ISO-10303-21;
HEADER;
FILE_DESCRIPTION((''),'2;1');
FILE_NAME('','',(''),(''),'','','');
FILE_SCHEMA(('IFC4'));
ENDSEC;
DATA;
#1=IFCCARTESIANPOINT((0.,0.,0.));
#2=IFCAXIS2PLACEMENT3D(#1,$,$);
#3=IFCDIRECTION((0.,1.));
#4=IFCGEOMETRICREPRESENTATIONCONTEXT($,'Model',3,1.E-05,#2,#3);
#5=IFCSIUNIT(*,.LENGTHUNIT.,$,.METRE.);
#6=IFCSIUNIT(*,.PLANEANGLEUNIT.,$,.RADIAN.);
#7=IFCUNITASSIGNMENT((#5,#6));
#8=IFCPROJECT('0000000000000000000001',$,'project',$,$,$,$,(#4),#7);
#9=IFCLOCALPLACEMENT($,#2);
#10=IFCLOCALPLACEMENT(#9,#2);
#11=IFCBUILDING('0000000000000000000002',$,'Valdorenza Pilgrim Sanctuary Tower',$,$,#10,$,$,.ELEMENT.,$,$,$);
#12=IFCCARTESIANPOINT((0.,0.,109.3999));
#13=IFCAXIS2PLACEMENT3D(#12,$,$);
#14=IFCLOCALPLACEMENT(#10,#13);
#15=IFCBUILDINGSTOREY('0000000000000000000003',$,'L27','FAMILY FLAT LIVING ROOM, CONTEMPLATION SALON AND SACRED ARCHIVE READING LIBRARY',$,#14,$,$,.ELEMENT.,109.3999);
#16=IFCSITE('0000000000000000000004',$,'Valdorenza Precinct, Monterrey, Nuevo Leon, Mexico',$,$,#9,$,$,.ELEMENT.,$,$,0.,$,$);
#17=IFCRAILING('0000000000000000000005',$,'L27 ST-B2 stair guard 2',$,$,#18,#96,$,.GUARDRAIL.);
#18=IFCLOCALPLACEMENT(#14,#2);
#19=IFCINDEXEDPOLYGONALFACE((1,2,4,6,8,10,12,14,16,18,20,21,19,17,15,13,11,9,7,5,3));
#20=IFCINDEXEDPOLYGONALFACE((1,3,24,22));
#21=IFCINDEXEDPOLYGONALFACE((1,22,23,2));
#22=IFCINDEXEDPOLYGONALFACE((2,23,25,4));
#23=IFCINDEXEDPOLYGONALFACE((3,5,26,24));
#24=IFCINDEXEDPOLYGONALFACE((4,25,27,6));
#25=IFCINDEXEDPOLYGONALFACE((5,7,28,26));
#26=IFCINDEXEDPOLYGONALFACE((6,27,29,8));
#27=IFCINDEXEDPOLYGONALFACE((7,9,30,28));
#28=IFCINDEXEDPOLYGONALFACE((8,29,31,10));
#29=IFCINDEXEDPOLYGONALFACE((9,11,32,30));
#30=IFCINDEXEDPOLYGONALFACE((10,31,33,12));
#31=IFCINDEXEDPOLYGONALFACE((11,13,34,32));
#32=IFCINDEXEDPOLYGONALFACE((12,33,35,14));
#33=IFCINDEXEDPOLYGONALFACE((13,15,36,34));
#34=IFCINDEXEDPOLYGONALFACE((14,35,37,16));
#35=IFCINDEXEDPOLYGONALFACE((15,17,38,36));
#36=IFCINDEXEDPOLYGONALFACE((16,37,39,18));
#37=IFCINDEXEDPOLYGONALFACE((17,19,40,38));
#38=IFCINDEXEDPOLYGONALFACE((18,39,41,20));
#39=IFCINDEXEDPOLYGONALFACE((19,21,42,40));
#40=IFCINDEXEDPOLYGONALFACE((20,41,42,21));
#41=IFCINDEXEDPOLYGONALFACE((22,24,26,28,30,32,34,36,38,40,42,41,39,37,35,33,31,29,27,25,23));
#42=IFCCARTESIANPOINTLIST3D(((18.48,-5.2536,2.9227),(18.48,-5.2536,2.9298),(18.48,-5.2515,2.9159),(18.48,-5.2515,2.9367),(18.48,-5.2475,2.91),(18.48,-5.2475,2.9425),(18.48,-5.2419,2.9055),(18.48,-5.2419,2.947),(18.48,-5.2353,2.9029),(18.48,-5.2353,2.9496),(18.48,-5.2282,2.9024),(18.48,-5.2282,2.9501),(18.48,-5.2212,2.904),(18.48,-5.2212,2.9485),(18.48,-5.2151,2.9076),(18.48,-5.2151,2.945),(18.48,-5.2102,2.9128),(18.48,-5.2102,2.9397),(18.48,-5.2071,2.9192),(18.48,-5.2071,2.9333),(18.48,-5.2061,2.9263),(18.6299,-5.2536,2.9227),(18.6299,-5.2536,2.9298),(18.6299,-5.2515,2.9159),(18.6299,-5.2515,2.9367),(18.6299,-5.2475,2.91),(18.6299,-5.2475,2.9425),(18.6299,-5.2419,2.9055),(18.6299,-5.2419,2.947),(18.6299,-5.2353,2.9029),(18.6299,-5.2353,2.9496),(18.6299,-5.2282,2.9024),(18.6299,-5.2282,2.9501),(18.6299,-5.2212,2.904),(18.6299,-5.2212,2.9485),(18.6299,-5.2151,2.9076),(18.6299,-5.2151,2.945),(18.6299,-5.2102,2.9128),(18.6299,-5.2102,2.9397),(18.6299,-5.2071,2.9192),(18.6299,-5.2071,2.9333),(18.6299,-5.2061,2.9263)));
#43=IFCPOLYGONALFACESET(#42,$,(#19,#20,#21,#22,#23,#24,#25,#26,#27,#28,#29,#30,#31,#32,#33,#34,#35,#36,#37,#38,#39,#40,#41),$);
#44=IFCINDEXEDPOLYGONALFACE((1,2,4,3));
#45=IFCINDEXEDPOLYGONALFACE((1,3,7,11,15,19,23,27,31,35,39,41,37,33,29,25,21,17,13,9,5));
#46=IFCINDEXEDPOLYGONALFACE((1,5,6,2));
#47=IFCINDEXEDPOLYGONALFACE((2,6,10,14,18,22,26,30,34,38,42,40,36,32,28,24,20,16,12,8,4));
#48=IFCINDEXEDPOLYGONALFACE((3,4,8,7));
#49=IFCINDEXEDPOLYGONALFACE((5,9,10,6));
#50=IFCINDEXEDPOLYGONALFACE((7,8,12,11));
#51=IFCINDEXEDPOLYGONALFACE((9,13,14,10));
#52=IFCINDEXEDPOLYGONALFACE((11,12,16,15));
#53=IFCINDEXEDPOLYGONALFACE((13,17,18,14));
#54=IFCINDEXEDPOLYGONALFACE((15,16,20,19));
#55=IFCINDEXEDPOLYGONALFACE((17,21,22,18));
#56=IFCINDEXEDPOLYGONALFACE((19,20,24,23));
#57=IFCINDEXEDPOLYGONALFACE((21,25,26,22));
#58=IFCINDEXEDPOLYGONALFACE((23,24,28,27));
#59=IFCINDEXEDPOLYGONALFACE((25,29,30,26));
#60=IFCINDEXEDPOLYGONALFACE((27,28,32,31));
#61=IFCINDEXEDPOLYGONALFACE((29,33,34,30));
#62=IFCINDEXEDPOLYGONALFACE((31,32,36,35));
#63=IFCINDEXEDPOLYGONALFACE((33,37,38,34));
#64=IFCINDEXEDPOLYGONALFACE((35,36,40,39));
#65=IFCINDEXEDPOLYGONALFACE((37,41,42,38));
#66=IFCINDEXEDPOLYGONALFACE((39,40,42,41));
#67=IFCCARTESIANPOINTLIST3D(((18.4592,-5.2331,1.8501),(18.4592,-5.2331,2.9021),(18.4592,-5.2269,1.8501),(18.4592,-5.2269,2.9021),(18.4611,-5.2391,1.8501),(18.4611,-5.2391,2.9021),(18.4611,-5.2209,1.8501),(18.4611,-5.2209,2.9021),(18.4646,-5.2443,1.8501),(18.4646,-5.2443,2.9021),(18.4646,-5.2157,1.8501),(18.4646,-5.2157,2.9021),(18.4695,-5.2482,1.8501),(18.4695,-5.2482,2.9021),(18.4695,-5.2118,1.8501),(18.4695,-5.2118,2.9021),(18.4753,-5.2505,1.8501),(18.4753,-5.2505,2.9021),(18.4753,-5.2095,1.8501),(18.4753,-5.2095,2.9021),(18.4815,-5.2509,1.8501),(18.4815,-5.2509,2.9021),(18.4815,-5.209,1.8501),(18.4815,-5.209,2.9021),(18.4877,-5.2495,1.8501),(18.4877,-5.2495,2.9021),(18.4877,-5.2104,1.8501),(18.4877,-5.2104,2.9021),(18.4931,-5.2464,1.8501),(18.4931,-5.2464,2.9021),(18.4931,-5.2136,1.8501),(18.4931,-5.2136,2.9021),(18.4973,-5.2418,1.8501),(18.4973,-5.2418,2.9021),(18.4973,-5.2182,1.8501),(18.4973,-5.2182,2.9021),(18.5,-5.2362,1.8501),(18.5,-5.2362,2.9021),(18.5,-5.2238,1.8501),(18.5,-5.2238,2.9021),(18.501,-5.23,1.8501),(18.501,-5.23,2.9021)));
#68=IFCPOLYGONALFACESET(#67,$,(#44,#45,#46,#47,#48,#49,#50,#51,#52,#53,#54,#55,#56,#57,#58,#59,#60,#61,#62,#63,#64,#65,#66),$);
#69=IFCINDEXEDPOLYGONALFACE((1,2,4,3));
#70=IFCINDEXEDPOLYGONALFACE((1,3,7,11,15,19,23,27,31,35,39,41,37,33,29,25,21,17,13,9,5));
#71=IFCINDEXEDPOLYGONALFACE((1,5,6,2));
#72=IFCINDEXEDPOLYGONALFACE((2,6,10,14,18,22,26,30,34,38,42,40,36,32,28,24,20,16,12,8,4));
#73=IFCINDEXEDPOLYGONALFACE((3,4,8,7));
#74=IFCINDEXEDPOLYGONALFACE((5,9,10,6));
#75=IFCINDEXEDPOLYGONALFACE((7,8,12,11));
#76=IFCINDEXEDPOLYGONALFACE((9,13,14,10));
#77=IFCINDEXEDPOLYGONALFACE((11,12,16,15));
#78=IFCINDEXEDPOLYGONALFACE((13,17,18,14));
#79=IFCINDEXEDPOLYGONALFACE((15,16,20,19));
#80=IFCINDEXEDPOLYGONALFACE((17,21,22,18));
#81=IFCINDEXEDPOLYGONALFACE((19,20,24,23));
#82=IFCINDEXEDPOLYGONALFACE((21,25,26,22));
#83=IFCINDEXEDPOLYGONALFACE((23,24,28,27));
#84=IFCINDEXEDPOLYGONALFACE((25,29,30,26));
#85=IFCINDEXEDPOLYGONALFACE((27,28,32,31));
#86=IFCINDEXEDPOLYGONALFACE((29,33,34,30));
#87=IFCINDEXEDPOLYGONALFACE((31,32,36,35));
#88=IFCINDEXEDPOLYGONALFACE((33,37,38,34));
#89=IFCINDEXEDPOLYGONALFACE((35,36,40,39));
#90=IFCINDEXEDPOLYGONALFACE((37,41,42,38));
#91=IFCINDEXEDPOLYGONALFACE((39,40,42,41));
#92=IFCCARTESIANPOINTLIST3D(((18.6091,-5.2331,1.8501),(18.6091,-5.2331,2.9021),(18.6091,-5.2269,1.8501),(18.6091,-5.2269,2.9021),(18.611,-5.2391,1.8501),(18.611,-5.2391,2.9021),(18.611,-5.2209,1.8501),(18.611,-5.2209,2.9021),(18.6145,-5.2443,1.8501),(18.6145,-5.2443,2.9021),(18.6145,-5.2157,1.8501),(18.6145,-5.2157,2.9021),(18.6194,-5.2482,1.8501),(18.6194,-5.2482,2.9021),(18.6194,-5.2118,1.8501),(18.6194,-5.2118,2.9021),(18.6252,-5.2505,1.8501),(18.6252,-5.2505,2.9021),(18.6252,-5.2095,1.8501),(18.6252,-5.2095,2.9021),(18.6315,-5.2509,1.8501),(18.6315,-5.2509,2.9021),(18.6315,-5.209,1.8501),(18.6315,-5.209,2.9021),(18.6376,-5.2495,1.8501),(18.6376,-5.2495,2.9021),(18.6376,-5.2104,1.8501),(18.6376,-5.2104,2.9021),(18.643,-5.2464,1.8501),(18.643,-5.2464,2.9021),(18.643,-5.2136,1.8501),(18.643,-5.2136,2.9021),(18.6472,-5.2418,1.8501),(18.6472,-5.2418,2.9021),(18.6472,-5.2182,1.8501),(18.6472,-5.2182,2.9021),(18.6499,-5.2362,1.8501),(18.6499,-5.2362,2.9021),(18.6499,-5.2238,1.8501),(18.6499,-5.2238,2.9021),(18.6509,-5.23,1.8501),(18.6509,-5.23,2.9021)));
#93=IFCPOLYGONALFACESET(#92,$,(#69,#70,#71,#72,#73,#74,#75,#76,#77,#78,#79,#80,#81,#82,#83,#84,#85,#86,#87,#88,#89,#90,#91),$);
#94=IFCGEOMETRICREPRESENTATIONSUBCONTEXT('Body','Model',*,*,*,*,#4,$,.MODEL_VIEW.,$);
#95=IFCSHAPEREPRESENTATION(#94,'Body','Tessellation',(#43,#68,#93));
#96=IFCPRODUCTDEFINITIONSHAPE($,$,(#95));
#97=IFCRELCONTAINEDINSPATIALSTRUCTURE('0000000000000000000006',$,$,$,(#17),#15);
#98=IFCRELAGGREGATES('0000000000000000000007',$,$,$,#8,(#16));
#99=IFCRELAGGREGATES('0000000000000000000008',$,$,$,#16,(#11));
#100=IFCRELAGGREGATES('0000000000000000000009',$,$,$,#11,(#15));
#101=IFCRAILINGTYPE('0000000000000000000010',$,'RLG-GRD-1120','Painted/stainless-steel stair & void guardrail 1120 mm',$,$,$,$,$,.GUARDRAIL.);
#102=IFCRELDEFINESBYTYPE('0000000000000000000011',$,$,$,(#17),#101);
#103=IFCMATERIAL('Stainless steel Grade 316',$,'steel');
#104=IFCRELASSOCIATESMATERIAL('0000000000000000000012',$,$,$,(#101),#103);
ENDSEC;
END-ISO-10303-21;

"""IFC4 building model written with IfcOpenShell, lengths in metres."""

from ifc_helpers import new_model, si_unit, direction, frame, origin, origin_2d, place, context, subcontext, project, spatial, circle, extrude, material, type_object, element, save


model = new_model("IFC4")

# Units and contexts
model_context = context("Model", 3, precision=1e-05, world=origin(), true_north=direction((0.0, 1.0)))
body_context = subcontext(model_context, "Body", "Model", "MODEL_VIEW")
ifc_project = project(units=[si_unit("LENGTHUNIT", "METRE"), si_unit("PLANEANGLEUNIT", "RADIAN")], contexts=[model_context])

# Site, building, storey
site_placement = place(None, origin())
site = spatial("IfcSite", under=ifc_project, at=site_placement, Name="Valdorenza Precinct, Monterrey, Nuevo Leon, Mexico", CompositionType="ELEMENT", RefElevation=0.0)
building_placement = place(site_placement, origin())
building = spatial("IfcBuilding", under=site, at=building_placement, Name="Valdorenza Pilgrim Sanctuary Tower", CompositionType="ELEMENT")
storey_placement = place(building_placement, frame((0.0, 0.0, 109.3999)))
storey = spatial("IfcBuildingStorey", under=building, at=storey_placement, Name="L27", Description="FAMILY FLAT LIVING ROOM, CONTEMPLATION SALON AND SACRED ARCHIVE READING LIBRARY", CompositionType="ELEMENT", Elevation=109.3999)

# Railing
ifc_material_1 = material(Name="Stainless steel Grade 316", Category="steel")
railing_type_1 = type_object("IfcRailingType", Name="RLG-GRD-1120", Description="Painted/stainless-steel stair & void guardrail 1120 mm", PredefinedType="GUARDRAIL", material=ifc_material_1)
railing_1_placement = place(storey_placement, frame((18.48, -5.23, 1.8501)))
element("IfcRailing", 1, at=railing_1_placement, inside=storey, type_object=railing_type_1, Name="L27 ST-B2 stair guard 2", PredefinedType="GUARDRAIL", context=body_context, shape_type="SweptSolid", body=[
    extrude(circle(Radius=0.0239, at=origin_2d()), frame((0.0, 0.0, 1.0762), z_axis=(1.0, 0.0, 0.0), x_axis=(0.0, 1.0, 0.0)), (0.0, 0.0, 1.0), 0.1499),
    extrude(circle(Radius=0.021, at=origin_2d()), origin(), (0.0, 0.0, 1.0), 1.052),
    extrude(circle(Radius=0.021, at=origin_2d()), frame((0.1499, 0.0, 0.0)), (0.0, 0.0, 1.0), 1.052),
])

save(model, "model.ifc")
